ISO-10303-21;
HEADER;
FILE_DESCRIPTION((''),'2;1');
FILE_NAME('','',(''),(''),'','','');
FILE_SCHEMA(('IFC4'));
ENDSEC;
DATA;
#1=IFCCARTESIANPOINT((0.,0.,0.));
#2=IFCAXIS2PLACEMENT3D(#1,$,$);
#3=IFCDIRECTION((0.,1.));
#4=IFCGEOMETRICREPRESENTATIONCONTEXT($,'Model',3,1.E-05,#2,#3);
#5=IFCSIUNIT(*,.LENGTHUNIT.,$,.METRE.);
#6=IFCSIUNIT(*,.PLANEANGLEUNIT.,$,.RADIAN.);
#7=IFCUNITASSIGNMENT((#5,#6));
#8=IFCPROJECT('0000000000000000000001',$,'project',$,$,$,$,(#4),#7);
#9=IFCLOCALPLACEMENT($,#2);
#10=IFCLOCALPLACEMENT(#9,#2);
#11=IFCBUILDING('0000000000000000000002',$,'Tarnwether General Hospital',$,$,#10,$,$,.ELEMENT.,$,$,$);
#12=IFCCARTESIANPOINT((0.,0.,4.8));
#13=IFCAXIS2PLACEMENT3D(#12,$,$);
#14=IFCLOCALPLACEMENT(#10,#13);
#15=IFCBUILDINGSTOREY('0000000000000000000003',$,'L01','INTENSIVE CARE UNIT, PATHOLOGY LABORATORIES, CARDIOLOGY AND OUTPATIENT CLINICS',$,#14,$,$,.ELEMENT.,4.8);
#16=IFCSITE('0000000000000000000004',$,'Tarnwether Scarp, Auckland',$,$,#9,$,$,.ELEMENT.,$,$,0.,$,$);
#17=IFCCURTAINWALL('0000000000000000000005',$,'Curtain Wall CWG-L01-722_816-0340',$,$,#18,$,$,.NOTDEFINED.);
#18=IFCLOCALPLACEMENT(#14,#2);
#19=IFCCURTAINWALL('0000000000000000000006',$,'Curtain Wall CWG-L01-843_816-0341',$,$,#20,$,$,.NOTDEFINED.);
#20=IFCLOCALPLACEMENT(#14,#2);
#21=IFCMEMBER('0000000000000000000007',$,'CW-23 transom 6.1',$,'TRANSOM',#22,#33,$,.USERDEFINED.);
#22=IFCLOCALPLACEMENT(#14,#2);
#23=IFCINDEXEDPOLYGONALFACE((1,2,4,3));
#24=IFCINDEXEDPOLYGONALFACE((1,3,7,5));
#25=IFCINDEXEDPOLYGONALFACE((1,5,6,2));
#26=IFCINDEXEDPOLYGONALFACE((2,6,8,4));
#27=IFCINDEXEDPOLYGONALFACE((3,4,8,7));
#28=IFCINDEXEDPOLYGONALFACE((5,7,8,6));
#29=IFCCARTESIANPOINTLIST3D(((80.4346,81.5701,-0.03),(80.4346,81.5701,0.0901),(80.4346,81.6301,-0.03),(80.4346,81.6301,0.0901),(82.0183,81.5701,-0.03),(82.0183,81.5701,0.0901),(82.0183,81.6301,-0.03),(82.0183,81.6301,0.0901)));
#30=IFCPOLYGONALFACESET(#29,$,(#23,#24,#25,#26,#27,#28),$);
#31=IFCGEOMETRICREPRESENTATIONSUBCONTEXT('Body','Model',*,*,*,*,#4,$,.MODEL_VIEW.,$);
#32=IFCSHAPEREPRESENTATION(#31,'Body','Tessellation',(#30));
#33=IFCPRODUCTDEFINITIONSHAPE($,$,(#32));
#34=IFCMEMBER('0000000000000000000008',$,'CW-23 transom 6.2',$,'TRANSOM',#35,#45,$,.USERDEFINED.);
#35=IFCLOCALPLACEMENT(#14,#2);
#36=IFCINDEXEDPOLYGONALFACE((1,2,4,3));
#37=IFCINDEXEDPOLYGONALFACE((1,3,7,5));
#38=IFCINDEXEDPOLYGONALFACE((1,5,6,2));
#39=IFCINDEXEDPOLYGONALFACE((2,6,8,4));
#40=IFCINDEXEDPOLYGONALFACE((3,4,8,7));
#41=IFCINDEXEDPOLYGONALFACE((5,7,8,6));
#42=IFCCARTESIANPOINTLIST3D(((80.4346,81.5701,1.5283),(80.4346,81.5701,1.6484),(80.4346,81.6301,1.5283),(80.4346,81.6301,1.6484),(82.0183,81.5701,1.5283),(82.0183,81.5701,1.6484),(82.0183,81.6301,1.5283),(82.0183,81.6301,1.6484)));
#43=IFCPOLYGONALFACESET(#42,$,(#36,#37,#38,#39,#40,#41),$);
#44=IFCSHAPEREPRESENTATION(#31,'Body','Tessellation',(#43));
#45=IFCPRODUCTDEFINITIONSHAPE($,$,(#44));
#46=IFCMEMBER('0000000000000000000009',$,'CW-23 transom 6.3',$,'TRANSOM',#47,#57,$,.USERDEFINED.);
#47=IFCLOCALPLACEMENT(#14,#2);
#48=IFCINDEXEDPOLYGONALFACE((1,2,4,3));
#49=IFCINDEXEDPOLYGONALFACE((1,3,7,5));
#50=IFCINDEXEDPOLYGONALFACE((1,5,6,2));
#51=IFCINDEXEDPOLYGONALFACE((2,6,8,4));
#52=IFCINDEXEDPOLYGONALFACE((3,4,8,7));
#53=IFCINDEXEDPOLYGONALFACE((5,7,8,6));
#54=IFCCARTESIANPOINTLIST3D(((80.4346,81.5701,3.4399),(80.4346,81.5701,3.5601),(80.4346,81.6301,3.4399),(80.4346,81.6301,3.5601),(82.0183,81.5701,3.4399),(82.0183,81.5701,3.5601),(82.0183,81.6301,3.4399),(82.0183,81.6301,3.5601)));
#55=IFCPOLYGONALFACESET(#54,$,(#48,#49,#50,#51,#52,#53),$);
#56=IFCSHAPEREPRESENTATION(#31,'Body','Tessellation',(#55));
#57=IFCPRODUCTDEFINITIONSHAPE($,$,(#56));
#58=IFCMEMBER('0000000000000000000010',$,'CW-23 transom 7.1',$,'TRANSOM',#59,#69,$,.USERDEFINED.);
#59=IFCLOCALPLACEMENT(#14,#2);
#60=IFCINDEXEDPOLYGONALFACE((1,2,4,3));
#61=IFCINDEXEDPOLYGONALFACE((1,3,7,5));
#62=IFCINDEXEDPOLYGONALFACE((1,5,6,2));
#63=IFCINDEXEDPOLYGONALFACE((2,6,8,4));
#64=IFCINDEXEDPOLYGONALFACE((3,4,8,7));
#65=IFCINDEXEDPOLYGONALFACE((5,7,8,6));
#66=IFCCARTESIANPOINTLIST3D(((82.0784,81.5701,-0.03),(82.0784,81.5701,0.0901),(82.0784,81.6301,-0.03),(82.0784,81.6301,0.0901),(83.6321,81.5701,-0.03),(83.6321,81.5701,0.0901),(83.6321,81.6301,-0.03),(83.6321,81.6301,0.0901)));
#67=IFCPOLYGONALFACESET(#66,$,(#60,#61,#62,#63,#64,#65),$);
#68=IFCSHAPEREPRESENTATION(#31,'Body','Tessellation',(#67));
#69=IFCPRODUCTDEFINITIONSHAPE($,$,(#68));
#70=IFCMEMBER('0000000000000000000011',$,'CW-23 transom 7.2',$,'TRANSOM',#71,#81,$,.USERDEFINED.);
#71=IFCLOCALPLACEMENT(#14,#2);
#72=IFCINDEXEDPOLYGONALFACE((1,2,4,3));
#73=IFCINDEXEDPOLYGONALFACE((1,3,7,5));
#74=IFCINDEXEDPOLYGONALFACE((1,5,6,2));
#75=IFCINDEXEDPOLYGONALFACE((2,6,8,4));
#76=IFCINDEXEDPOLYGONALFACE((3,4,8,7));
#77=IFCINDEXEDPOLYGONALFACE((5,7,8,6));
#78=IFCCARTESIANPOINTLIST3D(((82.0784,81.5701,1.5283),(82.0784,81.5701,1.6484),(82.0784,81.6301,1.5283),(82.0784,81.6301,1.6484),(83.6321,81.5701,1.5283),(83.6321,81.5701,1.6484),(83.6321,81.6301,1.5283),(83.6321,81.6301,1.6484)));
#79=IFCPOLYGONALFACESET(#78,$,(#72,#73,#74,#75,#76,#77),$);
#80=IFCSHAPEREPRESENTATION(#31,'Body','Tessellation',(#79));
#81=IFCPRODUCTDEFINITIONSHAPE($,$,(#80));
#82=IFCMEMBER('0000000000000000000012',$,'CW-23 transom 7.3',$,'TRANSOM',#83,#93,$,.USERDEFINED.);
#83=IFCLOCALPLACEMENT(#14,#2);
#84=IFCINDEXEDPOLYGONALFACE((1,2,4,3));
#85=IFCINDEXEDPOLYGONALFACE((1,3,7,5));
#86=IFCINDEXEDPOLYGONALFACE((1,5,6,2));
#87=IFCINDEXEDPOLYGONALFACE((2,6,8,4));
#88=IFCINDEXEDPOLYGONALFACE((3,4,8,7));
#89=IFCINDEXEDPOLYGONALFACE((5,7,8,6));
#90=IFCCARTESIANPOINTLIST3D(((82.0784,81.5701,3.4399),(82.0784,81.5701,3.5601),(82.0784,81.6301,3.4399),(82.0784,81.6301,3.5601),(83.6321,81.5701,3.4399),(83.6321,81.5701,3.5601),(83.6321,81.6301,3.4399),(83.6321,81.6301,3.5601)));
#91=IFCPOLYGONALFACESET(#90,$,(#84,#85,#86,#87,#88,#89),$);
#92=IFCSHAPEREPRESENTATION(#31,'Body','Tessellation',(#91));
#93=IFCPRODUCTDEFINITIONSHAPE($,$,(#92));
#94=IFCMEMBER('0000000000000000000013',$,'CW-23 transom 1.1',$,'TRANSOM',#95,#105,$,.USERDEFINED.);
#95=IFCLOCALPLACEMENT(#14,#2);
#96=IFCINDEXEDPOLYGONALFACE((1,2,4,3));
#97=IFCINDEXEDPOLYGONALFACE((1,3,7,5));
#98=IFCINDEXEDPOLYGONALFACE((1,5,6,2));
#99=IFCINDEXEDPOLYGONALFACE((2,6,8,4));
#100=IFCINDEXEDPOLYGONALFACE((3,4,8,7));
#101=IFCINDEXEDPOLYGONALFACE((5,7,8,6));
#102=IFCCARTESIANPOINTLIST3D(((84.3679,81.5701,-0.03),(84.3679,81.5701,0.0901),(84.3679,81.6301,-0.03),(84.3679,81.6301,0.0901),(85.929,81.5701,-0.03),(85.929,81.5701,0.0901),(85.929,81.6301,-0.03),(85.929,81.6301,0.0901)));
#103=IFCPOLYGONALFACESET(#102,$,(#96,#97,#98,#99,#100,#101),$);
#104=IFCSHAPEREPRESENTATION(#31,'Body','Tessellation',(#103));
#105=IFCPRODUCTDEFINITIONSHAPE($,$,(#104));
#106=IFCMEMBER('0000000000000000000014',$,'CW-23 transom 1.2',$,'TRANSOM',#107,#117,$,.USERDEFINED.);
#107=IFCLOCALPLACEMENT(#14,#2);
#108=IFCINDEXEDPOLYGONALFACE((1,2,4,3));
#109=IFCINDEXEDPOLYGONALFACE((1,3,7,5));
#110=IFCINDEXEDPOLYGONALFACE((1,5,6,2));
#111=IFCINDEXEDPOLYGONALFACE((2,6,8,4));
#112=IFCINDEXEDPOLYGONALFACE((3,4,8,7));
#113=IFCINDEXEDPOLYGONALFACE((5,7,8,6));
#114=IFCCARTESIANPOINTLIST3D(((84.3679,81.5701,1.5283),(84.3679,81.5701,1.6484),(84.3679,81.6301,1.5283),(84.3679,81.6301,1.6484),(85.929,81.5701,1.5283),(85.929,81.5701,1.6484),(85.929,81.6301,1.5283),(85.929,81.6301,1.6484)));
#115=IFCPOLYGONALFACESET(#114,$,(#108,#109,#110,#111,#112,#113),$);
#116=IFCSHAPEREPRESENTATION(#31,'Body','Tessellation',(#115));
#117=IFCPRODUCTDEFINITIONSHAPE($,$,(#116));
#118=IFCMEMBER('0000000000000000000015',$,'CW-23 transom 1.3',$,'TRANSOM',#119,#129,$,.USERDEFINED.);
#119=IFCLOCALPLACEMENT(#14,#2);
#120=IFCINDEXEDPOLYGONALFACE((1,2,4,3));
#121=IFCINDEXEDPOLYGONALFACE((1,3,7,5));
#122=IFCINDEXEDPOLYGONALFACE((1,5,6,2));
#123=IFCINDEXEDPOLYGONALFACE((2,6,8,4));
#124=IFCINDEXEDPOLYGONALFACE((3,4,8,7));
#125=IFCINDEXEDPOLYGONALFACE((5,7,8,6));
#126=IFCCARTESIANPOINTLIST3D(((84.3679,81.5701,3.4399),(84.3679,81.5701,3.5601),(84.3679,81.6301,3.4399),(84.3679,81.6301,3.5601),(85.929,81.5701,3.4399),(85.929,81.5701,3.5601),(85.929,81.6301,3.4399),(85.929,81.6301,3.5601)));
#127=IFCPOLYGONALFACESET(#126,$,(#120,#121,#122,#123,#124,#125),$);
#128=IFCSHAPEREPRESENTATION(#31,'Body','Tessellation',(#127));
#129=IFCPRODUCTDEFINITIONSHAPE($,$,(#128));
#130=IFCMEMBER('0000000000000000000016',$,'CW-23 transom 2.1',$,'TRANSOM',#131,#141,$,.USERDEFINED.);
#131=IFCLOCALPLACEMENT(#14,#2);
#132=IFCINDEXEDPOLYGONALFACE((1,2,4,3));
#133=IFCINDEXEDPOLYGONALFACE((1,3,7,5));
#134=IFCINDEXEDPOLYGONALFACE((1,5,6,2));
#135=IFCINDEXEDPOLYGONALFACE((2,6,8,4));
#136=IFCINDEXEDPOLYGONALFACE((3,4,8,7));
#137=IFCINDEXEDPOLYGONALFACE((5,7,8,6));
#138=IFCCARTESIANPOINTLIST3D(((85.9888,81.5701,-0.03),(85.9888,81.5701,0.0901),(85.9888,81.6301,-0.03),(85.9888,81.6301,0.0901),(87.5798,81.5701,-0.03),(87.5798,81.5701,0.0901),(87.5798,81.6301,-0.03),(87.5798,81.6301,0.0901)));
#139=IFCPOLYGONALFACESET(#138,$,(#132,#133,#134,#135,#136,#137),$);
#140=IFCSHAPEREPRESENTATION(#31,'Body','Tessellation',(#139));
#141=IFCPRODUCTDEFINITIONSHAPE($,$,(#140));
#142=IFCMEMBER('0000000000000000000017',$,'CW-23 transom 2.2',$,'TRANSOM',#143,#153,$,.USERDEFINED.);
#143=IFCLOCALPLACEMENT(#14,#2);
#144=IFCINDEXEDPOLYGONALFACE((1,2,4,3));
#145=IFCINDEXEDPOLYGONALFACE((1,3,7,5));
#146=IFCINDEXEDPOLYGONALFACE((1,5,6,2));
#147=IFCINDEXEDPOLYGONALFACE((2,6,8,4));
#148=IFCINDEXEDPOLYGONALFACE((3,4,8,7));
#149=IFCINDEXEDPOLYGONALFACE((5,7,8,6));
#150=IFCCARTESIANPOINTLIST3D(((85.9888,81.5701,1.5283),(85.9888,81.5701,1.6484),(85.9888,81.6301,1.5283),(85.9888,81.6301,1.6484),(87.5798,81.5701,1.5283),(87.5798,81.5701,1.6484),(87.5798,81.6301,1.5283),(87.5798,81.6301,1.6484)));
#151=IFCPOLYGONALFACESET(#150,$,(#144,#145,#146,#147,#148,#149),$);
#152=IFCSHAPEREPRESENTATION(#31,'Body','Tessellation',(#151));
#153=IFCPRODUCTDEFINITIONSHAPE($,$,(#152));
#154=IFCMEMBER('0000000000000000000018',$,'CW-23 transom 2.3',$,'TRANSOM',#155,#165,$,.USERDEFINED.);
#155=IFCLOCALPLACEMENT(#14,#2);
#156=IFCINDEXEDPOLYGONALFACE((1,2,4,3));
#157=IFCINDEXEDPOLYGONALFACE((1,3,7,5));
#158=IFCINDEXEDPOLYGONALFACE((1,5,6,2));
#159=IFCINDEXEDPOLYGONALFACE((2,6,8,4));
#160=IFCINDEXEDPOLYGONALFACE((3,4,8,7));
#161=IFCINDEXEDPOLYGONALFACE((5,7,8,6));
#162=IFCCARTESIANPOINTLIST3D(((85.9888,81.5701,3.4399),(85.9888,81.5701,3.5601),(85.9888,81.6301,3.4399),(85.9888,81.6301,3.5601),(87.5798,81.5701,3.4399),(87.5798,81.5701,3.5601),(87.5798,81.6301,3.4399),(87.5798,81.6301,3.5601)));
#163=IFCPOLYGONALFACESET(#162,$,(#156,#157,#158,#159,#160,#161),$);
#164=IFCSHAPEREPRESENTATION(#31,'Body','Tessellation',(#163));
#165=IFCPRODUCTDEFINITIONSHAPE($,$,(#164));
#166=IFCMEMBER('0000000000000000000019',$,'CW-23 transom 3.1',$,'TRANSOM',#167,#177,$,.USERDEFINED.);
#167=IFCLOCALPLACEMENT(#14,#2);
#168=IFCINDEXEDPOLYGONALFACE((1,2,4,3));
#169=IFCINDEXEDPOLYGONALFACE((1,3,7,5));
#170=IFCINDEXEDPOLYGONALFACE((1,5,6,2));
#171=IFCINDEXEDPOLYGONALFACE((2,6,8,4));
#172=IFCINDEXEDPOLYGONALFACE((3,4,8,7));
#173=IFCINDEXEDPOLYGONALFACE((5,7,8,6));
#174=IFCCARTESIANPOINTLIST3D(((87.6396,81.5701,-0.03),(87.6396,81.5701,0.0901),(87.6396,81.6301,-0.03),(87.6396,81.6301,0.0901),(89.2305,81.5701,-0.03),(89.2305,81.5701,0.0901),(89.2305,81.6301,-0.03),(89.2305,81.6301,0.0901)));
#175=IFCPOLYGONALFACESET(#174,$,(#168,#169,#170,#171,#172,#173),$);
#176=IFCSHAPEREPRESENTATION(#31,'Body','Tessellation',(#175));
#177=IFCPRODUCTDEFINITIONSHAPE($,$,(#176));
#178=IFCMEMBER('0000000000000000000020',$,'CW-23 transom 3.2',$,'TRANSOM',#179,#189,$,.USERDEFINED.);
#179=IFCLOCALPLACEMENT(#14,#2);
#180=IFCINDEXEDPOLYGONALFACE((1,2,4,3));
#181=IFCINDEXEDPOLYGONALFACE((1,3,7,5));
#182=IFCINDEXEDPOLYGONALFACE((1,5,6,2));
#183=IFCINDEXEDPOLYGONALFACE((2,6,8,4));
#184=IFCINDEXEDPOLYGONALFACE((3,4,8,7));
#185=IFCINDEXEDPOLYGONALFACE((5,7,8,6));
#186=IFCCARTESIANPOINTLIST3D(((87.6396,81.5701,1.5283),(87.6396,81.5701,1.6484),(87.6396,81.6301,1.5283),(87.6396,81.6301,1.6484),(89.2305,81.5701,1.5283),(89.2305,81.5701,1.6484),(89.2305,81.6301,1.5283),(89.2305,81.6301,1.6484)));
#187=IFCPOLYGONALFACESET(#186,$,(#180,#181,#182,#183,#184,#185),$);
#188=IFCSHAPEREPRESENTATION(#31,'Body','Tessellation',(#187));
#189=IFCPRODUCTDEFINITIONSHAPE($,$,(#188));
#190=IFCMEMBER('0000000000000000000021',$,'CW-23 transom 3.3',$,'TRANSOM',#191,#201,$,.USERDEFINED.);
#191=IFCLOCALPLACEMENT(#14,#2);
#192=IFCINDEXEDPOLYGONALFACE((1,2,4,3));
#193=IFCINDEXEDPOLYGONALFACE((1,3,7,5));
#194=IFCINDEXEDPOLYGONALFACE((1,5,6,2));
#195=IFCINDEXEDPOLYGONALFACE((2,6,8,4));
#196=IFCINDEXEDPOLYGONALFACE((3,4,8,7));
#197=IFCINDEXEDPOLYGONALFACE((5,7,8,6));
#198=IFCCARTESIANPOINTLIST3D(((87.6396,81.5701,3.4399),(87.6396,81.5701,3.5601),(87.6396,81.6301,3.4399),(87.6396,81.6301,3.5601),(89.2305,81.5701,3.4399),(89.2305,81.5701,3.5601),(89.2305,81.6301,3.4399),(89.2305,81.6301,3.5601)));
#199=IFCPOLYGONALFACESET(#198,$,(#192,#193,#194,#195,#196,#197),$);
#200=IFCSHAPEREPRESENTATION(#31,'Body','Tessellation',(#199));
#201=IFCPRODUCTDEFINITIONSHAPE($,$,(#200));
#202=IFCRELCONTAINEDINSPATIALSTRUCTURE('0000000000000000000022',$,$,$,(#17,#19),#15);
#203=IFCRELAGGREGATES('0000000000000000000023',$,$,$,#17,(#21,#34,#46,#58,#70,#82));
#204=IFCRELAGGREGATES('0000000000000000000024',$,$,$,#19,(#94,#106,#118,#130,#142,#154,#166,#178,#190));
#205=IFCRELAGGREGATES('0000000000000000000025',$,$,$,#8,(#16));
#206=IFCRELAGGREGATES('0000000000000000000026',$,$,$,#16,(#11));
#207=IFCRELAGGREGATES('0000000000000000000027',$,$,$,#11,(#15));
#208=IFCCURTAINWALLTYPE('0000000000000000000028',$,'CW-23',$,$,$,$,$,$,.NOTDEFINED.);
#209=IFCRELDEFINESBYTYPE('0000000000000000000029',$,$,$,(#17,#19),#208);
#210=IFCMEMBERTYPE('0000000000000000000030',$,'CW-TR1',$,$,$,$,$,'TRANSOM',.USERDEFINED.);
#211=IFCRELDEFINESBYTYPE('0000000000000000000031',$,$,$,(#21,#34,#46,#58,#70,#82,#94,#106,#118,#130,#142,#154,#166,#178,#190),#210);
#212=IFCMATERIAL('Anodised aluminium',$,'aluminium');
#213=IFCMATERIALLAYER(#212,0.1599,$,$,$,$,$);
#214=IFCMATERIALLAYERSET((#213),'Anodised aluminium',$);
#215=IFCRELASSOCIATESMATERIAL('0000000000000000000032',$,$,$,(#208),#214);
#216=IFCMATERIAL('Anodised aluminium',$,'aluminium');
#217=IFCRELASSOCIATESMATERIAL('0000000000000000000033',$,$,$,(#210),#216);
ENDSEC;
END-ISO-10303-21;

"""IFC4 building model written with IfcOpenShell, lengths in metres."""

from ifc_helpers import new_model, si_unit, direction, frame, origin, origin_2d, place, context, subcontext, project, spatial, rectangle, extrude, material, layer, layer_set, material_profile, profile_set, type_object, element, aggregate, save


model = new_model("IFC4")

# Units and contexts
model_context = context("Model", 3, precision=1e-05, world=origin(), true_north=direction((0.0, 1.0)))
body_context = subcontext(model_context, "Body", "Model", "MODEL_VIEW")
ifc_project = project(units=[si_unit("LENGTHUNIT", "METRE"), si_unit("PLANEANGLEUNIT", "RADIAN")], contexts=[model_context])

# Site, building, storey
site_placement = place(None, origin())
site = spatial("IfcSite", under=ifc_project, at=site_placement, Name="Tarnwether Scarp, Auckland", CompositionType="ELEMENT", RefElevation=0.0)
building_placement = place(site_placement, origin())
building = spatial("IfcBuilding", under=site, at=building_placement, Name="Tarnwether General Hospital", CompositionType="ELEMENT")
storey_placement = place(building_placement, frame((0.0, 0.0, 4.8)))
storey = spatial("IfcBuildingStorey", under=building, at=storey_placement, Name="L01", Description="INTENSIVE CARE UNIT, PATHOLOGY LABORATORIES, CARDIOLOGY AND OUTPATIENT CLINICS", CompositionType="ELEMENT", Elevation=4.8)

# Curtain walls
ifc_material_1 = material(Name="Anodised aluminium", Category="aluminium")
ifc_layer_1 = layer(ifc_material_1, 0.1599)
ifc_layer_set_1 = layer_set([ifc_layer_1], Name="Anodised aluminium")
curtain_wall_type = type_object("IfcCurtainWallType", Name="CW-23", PredefinedType="NOTDEFINED", material=ifc_layer_set_1)
curtain_wall_1_placement = place(storey_placement, origin())
curtain_wall_1 = element("IfcCurtainWall", 1, at=curtain_wall_1_placement, inside=storey, type_object=curtain_wall_type, Name="Curtain Wall CWG-L01-722_816-0340", PredefinedType="NOTDEFINED")
curtain_wall_2_placement = place(storey_placement, origin())
curtain_wall_2 = element("IfcCurtainWall", 2, at=curtain_wall_2_placement, inside=storey, type_object=curtain_wall_type, Name="Curtain Wall CWG-L01-843_816-0341", PredefinedType="NOTDEFINED")

# Members
ifc_material_2 = material(Name="Anodised aluminium", Category="aluminium")
ifc_material_profile_1 = material_profile(ifc_material_2, rectangle(XDim=0.0601, YDim=0.1201, at=origin_2d()), Name="ALU-TRN-60x120")
ifc_profile_set_1 = profile_set([ifc_material_profile_1], Name="Anodised aluminium")
member_type_1 = type_object("IfcMemberType", Name="CW-TR1", ElementType="TRANSOM", PredefinedType="USERDEFINED", material=ifc_profile_set_1)
member_1_placement = place(storey_placement, frame((80.4346, 81.6001, 0.03), z_axis=(1.0, 0.0, 0.0), x_axis=(0.0, 1.0, 0.0)))
member_1 = element("IfcMember", 3, at=member_1_placement, type_object=member_type_1, Name="CW-23 transom 6.1", ObjectType="TRANSOM", PredefinedType="USERDEFINED", context=body_context, shape_type="SweptSolid", body=[
    extrude(rectangle(XDim=0.0601, YDim=0.1201, at=origin_2d()), origin(), (0.0, 0.0, 1.0), 1.5837),
])
member_2_placement = place(storey_placement, frame((80.4346, 81.6001, 1.5884), z_axis=(1.0, 0.0, 0.0), x_axis=(0.0, 1.0, 0.0)))
member_2 = element("IfcMember", 4, at=member_2_placement, type_object=member_type_1, Name="CW-23 transom 6.2", ObjectType="TRANSOM", PredefinedType="USERDEFINED", context=body_context, shape_type="SweptSolid", body=[
    extrude(rectangle(XDim=0.0601, YDim=0.1201, at=origin_2d()), origin(), (0.0, 0.0, 1.0), 1.5837),
])
member_3_placement = place(storey_placement, frame((80.4346, 81.6001, 3.5), z_axis=(1.0, 0.0, 0.0), x_axis=(0.0, 1.0, 0.0)))
member_3 = element("IfcMember", 5, at=member_3_placement, type_object=member_type_1, Name="CW-23 transom 6.3", ObjectType="TRANSOM", PredefinedType="USERDEFINED", context=body_context, shape_type="SweptSolid", body=[
    extrude(rectangle(XDim=0.0601, YDim=0.1201, at=origin_2d()), origin(), (0.0, 0.0, 1.0), 1.5837),
])
member_4_placement = place(storey_placement, frame((82.0784, 81.6001, 0.03), z_axis=(1.0, 0.0, 0.0), x_axis=(0.0, 1.0, 0.0)))
member_4 = element("IfcMember", 6, at=member_4_placement, type_object=member_type_1, Name="CW-23 transom 7.1", ObjectType="TRANSOM", PredefinedType="USERDEFINED", context=body_context, shape_type="SweptSolid", body=[
    extrude(rectangle(XDim=0.0601, YDim=0.1201, at=origin_2d()), origin(), (0.0, 0.0, 1.0), 1.5537),
])
member_5_placement = place(storey_placement, frame((82.0784, 81.6001, 1.5884), z_axis=(1.0, 0.0, 0.0), x_axis=(0.0, 1.0, 0.0)))
member_5 = element("IfcMember", 7, at=member_5_placement, type_object=member_type_1, Name="CW-23 transom 7.2", ObjectType="TRANSOM", PredefinedType="USERDEFINED", context=body_context, shape_type="SweptSolid", body=[
    extrude(rectangle(XDim=0.0601, YDim=0.1201, at=origin_2d()), origin(), (0.0, 0.0, 1.0), 1.5537),
])
member_6_placement = place(storey_placement, frame((82.0784, 81.6001, 3.5), z_axis=(1.0, 0.0, 0.0), x_axis=(0.0, 1.0, 0.0)))
member_6 = element("IfcMember", 8, at=member_6_placement, type_object=member_type_1, Name="CW-23 transom 7.3", ObjectType="TRANSOM", PredefinedType="USERDEFINED", context=body_context, shape_type="SweptSolid", body=[
    extrude(rectangle(XDim=0.0601, YDim=0.1201, at=origin_2d()), origin(), (0.0, 0.0, 1.0), 1.5537),
])
member_7_placement = place(storey_placement, frame((84.3679, 81.6001, 0.03), z_axis=(1.0, 0.0, 0.0), x_axis=(0.0, 1.0, 0.0)))
member_7 = element("IfcMember", 9, at=member_7_placement, type_object=member_type_1, Name="CW-23 transom 1.1", ObjectType="TRANSOM", PredefinedType="USERDEFINED", context=body_context, shape_type="SweptSolid", body=[
    extrude(rectangle(XDim=0.0601, YDim=0.1201, at=origin_2d()), origin(), (0.0, 0.0, 1.0), 1.561),
])
member_8_placement = place(storey_placement, frame((84.3679, 81.6001, 1.5884), z_axis=(1.0, 0.0, 0.0), x_axis=(0.0, 1.0, 0.0)))
member_8 = element("IfcMember", 10, at=member_8_placement, type_object=member_type_1, Name="CW-23 transom 1.2", ObjectType="TRANSOM", PredefinedType="USERDEFINED", context=body_context, shape_type="SweptSolid", body=[
    extrude(rectangle(XDim=0.0601, YDim=0.1201, at=origin_2d()), origin(), (0.0, 0.0, 1.0), 1.561),
])
member_9_placement = place(storey_placement, frame((84.3679, 81.6001, 3.5), z_axis=(1.0, 0.0, 0.0), x_axis=(0.0, 1.0, 0.0)))
member_9 = element("IfcMember", 11, at=member_9_placement, type_object=member_type_1, Name="CW-23 transom 1.3", ObjectType="TRANSOM", PredefinedType="USERDEFINED", context=body_context, shape_type="SweptSolid", body=[
    extrude(rectangle(XDim=0.0601, YDim=0.1201, at=origin_2d()), origin(), (0.0, 0.0, 1.0), 1.561),
])
member_10_placement = place(storey_placement, frame((85.9888, 81.6001, 0.03), z_axis=(1.0, 0.0, 0.0), x_axis=(0.0, 1.0, 0.0)))
member_10 = element("IfcMember", 12, at=member_10_placement, type_object=member_type_1, Name="CW-23 transom 2.1", ObjectType="TRANSOM", PredefinedType="USERDEFINED", context=body_context, shape_type="SweptSolid", body=[
    extrude(rectangle(XDim=0.0601, YDim=0.1201, at=origin_2d()), origin(), (0.0, 0.0, 1.0), 1.5911),
])
member_11_placement = place(storey_placement, frame((85.9888, 81.6001, 1.5884), z_axis=(1.0, 0.0, 0.0), x_axis=(0.0, 1.0, 0.0)))
member_11 = element("IfcMember", 13, at=member_11_placement, type_object=member_type_1, Name="CW-23 transom 2.2", ObjectType="TRANSOM", PredefinedType="USERDEFINED", context=body_context, shape_type="SweptSolid", body=[
    extrude(rectangle(XDim=0.0601, YDim=0.1201, at=origin_2d()), origin(), (0.0, 0.0, 1.0), 1.5911),
])
member_12_placement = place(storey_placement, frame((85.9888, 81.6001, 3.5), z_axis=(1.0, 0.0, 0.0), x_axis=(0.0, 1.0, 0.0)))
member_12 = element("IfcMember", 14, at=member_12_placement, type_object=member_type_1, Name="CW-23 transom 2.3", ObjectType="TRANSOM", PredefinedType="USERDEFINED", context=body_context, shape_type="SweptSolid", body=[
    extrude(rectangle(XDim=0.0601, YDim=0.1201, at=origin_2d()), origin(), (0.0, 0.0, 1.0), 1.5911),
])
member_13_placement = place(storey_placement, frame((87.6396, 81.6001, 0.03), z_axis=(1.0, 0.0, 0.0), x_axis=(0.0, 1.0, 0.0)))
member_13 = element("IfcMember", 15, at=member_13_placement, type_object=member_type_1, Name="CW-23 transom 3.1", ObjectType="TRANSOM", PredefinedType="USERDEFINED", context=body_context, shape_type="SweptSolid", body=[
    extrude(rectangle(XDim=0.0601, YDim=0.1201, at=origin_2d()), origin(), (0.0, 0.0, 1.0), 1.5908),
])
member_14_placement = place(storey_placement, frame((87.6396, 81.6001, 1.5884), z_axis=(1.0, 0.0, 0.0), x_axis=(0.0, 1.0, 0.0)))
member_14 = element("IfcMember", 16, at=member_14_placement, type_object=member_type_1, Name="CW-23 transom 3.2", ObjectType="TRANSOM", PredefinedType="USERDEFINED", context=body_context, shape_type="SweptSolid", body=[
    extrude(rectangle(XDim=0.0601, YDim=0.1201, at=origin_2d()), origin(), (0.0, 0.0, 1.0), 1.5908),
])
member_15_placement = place(storey_placement, frame((87.6396, 81.6001, 3.5), z_axis=(1.0, 0.0, 0.0), x_axis=(0.0, 1.0, 0.0)))
member_15 = element("IfcMember", 17, at=member_15_placement, type_object=member_type_1, Name="CW-23 transom 3.3", ObjectType="TRANSOM", PredefinedType="USERDEFINED", context=body_context, shape_type="SweptSolid", body=[
    extrude(rectangle(XDim=0.0601, YDim=0.1201, at=origin_2d()), origin(), (0.0, 0.0, 1.0), 1.5908),
])

aggregate(curtain_wall_1, [member_1, member_2, member_3, member_4, member_5, member_6])
aggregate(curtain_wall_2, [member_7, member_8, member_9, member_10, member_11, member_12, member_13, member_14, member_15])

save(model, "model.ifc")
